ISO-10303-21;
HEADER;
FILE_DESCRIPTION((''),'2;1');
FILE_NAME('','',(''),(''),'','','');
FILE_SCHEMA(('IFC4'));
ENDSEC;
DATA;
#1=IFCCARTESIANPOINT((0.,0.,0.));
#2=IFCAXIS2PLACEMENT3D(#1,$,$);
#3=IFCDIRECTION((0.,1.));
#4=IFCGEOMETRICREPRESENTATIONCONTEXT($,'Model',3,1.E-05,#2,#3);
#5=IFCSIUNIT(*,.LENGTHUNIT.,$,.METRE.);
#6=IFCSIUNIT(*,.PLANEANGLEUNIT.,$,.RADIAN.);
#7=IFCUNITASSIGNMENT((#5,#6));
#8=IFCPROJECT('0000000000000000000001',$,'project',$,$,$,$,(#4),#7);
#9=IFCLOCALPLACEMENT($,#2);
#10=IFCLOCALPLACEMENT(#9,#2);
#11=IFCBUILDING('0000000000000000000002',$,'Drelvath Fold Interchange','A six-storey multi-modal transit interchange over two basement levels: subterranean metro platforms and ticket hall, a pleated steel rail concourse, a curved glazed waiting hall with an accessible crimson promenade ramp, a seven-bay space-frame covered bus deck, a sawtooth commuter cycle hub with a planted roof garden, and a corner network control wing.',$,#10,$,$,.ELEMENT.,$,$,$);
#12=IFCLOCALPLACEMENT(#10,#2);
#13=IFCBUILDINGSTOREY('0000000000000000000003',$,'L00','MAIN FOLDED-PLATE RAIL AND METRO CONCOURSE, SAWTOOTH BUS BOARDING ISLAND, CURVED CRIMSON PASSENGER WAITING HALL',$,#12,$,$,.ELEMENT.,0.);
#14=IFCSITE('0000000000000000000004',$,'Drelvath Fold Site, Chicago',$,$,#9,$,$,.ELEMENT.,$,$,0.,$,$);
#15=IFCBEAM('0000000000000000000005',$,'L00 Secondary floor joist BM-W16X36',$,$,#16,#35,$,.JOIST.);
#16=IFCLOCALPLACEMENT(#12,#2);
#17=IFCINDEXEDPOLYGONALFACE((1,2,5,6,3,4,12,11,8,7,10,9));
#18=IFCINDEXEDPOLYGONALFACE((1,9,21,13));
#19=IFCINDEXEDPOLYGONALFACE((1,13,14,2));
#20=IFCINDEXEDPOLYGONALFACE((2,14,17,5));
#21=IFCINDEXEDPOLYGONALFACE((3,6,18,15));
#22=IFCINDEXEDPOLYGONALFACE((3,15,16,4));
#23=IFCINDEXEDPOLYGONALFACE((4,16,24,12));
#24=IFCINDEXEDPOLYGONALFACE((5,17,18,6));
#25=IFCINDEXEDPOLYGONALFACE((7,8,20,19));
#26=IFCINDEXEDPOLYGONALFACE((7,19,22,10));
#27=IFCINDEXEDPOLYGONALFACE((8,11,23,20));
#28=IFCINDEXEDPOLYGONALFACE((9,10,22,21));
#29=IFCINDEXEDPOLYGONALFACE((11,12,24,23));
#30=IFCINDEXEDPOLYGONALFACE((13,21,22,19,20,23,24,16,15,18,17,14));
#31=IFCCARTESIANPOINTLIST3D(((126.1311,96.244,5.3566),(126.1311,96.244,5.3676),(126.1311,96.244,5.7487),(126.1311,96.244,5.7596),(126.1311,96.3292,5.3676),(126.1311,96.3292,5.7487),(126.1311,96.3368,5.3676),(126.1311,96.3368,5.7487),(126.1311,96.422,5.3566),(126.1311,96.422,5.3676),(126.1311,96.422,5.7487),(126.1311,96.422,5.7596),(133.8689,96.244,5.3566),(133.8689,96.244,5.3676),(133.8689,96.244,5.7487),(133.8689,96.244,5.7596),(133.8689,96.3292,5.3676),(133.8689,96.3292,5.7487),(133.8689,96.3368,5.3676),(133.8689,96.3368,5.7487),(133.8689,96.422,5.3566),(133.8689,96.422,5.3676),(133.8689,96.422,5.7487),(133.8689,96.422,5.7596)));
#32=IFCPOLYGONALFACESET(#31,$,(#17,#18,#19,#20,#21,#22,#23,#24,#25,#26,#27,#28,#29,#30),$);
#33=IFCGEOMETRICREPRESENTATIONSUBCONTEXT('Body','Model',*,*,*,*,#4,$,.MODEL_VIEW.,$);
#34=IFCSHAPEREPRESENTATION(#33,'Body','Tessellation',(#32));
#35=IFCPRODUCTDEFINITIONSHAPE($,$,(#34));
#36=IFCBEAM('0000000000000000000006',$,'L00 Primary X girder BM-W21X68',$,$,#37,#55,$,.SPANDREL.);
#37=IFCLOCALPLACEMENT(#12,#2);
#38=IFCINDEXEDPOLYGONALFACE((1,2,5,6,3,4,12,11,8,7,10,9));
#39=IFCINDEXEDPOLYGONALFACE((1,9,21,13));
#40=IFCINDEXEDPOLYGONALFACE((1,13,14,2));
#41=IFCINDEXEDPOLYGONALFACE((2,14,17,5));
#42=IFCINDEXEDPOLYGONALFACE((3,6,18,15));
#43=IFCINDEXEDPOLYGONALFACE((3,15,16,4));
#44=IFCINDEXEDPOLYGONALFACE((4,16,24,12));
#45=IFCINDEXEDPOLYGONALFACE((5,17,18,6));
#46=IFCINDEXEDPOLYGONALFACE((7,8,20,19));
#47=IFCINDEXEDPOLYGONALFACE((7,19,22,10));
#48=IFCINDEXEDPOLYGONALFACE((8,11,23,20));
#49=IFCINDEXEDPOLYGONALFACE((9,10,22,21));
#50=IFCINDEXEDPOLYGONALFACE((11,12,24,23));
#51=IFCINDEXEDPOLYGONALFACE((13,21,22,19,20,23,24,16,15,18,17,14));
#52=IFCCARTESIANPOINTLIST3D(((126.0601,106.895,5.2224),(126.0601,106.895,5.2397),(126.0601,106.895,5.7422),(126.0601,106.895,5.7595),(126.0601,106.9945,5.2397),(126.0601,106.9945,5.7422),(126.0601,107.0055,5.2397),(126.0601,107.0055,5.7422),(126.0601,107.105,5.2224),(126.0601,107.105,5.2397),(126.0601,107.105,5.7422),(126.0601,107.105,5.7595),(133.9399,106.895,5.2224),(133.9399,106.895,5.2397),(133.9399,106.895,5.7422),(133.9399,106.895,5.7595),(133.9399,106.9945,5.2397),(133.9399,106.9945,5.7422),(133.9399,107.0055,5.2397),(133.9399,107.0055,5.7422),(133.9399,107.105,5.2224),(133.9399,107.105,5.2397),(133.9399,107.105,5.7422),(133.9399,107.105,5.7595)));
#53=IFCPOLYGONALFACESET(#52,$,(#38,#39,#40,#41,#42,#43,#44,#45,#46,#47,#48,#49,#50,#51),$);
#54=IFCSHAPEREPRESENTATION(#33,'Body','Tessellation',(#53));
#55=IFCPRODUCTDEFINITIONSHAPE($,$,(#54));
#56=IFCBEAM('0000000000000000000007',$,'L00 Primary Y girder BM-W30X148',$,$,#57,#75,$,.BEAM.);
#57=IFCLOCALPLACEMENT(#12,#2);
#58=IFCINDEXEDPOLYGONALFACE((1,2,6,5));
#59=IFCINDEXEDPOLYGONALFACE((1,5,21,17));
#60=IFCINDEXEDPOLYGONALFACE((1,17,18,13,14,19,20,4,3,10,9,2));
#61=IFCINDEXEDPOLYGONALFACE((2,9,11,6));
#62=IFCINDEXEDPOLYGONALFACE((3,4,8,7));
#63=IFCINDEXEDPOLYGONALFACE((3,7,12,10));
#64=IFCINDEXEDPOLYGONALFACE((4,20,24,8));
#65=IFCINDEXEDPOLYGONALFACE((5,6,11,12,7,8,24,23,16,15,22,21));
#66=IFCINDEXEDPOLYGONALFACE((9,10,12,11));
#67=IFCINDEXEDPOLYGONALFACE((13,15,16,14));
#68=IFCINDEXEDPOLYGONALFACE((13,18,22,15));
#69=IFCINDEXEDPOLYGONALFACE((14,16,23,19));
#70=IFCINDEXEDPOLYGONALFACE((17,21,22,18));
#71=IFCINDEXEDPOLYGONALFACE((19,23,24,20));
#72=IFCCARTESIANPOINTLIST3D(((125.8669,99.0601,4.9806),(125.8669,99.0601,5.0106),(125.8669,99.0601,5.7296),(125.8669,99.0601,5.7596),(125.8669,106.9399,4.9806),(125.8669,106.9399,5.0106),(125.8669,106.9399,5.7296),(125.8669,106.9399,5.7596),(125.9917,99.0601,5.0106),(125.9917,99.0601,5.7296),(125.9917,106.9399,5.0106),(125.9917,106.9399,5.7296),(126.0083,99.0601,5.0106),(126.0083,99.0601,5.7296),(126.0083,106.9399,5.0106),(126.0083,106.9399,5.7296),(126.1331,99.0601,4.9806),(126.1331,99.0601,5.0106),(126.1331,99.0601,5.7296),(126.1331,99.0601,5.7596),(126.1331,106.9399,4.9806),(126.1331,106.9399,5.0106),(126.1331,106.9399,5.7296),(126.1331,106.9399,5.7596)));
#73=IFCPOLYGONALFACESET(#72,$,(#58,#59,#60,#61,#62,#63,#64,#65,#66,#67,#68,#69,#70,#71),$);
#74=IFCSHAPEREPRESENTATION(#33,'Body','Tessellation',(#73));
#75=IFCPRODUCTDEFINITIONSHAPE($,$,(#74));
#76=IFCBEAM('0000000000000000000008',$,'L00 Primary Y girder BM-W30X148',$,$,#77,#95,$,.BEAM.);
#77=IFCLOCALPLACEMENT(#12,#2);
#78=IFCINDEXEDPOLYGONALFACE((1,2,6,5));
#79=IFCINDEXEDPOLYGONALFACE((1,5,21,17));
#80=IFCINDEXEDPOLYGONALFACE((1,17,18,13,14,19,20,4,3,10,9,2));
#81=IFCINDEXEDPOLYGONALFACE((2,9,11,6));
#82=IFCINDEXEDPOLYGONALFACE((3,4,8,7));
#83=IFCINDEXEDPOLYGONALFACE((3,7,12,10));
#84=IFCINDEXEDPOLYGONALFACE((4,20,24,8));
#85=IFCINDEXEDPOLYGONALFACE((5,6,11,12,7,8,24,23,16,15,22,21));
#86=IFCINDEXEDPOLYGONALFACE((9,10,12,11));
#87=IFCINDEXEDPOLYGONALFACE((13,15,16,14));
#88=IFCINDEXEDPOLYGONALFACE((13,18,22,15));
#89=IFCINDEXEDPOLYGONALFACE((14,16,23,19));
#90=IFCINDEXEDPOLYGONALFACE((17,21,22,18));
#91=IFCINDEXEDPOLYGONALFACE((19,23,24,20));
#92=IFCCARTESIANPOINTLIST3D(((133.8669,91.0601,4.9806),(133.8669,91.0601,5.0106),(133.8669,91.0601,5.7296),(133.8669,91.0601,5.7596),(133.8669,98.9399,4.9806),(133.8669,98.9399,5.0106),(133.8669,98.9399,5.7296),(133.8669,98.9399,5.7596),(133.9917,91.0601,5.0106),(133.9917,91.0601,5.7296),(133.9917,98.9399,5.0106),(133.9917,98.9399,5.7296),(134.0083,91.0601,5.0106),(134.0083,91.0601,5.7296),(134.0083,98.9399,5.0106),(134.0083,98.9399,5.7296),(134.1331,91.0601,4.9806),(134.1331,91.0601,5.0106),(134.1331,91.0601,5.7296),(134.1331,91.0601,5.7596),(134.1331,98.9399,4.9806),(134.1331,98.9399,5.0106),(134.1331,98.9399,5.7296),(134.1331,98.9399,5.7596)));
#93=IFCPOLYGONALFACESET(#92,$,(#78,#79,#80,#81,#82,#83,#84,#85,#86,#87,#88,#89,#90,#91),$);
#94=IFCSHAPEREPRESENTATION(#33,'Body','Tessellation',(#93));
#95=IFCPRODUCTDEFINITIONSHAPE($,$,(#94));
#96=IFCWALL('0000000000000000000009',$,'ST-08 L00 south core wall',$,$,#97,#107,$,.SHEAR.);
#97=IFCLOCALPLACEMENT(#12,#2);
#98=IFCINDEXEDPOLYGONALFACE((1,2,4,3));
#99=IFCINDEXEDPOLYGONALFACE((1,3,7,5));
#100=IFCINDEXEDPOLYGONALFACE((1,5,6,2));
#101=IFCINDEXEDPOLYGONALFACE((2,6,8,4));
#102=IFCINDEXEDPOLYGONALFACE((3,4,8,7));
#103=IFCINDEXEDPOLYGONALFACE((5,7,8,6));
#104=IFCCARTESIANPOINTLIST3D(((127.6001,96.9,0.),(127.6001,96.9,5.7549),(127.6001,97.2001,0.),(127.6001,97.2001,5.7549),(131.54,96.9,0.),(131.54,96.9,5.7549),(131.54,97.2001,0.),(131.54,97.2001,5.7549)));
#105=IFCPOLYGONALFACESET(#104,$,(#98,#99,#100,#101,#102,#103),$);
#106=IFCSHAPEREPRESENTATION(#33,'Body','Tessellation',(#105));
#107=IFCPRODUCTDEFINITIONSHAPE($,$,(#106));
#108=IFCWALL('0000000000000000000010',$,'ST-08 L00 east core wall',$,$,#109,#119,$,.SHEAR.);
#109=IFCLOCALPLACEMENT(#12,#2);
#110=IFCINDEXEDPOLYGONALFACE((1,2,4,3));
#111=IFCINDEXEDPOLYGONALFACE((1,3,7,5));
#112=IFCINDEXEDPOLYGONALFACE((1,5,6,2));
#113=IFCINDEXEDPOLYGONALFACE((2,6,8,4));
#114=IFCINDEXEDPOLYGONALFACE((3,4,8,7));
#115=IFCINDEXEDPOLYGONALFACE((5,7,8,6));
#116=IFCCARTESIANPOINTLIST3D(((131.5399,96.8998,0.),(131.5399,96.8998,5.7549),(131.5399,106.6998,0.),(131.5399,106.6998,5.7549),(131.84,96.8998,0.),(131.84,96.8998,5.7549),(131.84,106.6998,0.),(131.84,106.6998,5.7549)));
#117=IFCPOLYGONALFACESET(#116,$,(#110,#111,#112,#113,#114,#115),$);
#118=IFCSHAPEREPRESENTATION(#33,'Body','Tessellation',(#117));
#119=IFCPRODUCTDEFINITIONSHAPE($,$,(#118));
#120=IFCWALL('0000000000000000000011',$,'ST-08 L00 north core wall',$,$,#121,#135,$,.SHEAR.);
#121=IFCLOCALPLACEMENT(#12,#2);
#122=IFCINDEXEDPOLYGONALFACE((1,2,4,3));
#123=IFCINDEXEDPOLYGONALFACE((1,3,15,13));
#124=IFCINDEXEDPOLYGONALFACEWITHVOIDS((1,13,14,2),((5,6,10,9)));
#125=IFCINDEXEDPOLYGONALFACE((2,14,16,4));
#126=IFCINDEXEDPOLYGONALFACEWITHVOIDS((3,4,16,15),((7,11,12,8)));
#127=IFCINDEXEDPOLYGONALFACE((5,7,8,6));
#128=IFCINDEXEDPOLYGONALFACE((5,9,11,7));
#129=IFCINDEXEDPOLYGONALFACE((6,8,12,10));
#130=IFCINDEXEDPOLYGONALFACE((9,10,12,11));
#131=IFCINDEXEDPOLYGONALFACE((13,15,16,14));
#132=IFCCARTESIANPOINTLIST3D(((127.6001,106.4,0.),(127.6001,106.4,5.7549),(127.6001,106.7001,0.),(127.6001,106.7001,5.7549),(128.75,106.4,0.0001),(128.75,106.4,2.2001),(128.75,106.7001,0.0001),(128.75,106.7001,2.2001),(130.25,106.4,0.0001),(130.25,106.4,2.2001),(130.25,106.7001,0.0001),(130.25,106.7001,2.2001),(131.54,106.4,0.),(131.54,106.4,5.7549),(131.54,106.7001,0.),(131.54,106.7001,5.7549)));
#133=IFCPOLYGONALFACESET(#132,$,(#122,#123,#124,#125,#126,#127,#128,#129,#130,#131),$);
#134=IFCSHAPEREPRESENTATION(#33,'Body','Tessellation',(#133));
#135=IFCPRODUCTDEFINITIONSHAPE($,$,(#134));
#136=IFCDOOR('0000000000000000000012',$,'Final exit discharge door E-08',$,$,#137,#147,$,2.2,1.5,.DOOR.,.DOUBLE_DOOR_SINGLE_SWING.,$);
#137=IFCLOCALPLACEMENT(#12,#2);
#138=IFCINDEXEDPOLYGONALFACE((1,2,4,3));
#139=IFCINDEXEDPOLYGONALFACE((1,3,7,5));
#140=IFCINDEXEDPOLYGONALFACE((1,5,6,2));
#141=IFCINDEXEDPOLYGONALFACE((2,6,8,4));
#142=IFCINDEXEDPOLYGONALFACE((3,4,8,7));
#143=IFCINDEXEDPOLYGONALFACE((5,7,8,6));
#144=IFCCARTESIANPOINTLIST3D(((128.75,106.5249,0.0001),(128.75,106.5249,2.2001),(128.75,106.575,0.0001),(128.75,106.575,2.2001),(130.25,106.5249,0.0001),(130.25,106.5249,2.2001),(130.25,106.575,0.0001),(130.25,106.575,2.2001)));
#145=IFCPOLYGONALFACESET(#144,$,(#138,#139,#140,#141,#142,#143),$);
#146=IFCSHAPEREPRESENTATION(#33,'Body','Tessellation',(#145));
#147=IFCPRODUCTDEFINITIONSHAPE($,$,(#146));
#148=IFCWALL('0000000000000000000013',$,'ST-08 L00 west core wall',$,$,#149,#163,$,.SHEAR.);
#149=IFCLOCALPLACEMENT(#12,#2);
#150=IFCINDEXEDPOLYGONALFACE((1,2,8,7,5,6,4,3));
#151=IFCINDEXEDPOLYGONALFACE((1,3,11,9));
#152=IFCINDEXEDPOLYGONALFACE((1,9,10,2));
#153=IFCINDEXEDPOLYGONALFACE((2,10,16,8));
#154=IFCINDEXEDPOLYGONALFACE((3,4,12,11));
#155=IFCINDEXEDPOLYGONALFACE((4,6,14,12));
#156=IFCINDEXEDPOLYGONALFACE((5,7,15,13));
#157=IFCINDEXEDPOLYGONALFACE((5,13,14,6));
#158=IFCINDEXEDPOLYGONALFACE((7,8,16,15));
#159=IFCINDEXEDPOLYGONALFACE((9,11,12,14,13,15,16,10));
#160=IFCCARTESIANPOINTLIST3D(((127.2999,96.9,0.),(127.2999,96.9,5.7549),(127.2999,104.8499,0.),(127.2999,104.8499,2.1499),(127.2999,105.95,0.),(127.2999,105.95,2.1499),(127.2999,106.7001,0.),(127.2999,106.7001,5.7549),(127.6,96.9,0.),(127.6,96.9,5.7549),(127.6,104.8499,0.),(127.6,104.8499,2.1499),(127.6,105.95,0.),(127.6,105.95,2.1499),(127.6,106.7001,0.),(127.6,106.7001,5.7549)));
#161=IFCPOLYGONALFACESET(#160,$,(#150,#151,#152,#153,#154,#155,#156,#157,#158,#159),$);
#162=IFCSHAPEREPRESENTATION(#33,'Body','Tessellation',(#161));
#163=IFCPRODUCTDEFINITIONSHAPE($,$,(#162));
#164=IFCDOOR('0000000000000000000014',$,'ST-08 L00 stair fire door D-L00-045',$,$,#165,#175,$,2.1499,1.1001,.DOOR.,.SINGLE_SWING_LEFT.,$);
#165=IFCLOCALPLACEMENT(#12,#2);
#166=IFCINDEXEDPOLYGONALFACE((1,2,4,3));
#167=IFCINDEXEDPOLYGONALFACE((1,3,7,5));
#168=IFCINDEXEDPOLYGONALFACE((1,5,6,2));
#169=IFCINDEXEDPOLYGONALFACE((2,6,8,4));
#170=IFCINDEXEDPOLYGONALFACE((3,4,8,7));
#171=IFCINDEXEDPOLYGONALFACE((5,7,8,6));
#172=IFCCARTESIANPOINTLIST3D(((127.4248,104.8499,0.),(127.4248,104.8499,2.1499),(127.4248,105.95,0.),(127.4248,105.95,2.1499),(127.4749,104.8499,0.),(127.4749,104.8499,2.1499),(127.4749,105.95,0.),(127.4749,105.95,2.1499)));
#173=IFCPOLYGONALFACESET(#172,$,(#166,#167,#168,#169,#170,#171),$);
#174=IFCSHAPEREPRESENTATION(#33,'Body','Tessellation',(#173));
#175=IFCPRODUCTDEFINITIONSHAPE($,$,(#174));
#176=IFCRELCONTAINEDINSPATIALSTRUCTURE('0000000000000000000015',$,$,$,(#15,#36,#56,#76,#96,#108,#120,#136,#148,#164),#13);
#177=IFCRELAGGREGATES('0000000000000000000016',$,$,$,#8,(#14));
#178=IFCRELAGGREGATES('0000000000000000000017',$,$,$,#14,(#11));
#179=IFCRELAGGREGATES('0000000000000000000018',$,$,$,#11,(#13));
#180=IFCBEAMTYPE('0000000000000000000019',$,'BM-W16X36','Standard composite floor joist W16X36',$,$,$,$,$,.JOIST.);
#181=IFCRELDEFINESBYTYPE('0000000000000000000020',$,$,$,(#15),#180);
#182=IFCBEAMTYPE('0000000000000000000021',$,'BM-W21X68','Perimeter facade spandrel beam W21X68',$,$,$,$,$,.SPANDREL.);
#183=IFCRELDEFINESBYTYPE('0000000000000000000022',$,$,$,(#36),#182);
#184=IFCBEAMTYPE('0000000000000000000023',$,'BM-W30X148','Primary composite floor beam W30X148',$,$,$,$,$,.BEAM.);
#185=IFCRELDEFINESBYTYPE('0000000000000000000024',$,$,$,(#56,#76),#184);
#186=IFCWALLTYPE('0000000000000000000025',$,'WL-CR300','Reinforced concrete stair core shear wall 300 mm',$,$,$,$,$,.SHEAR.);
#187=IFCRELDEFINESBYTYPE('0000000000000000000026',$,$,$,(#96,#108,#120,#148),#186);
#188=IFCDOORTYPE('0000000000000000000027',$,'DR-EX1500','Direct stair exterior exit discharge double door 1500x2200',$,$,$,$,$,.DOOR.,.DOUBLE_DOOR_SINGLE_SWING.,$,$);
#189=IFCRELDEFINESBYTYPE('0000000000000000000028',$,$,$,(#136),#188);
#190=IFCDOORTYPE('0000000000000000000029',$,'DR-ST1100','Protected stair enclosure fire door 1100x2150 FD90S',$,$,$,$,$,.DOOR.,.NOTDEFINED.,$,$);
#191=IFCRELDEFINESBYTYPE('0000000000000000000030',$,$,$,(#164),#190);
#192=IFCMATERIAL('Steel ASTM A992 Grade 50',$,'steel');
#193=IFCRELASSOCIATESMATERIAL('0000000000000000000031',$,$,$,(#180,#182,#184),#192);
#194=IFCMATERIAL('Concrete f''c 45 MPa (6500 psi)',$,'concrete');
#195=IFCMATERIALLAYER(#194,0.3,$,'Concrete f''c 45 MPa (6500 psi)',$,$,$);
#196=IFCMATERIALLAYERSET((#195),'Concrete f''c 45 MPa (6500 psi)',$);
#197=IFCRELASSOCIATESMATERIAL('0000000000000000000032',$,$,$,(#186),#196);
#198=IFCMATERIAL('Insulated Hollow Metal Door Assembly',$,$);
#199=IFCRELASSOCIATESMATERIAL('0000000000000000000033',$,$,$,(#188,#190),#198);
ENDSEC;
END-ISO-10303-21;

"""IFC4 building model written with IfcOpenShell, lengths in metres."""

from ifc_helpers import new_model, si_unit, direction, frame, frame_2d, origin, origin_2d, place, context, subcontext, project, spatial, rectangle, i_section, extrude, material, layer, layer_set, material_profile, profile_set, type_object, element, fill, save


model = new_model("IFC4")

# Units and contexts
model_context = context("Model", 3, precision=1e-05, world=origin(), true_north=direction((0.0, 1.0)))
body_context = subcontext(model_context, "Body", "Model", "MODEL_VIEW")
ifc_project = project(units=[si_unit("LENGTHUNIT", "METRE"), si_unit("PLANEANGLEUNIT", "RADIAN")], contexts=[model_context])

# Site, building, storey
site_placement = place(None, origin())
site = spatial("IfcSite", under=ifc_project, at=site_placement, Name="Drelvath Fold Site, Chicago", CompositionType="ELEMENT", RefElevation=0.0)
building_placement = place(site_placement, origin())
building = spatial("IfcBuilding", under=site, at=building_placement, Name="Drelvath Fold Interchange", Description="A six-storey multi-modal transit interchange over two basement levels: subterranean metro platforms and ticket hall, a pleated steel rail concourse, a curved glazed waiting hall with an accessible crimson promenade ramp, a seven-bay space-frame covered bus deck, a sawtooth commuter cycle hub with a planted roof garden, and a corner network control wing.", CompositionType="ELEMENT")
storey_placement = place(building_placement, origin())
storey = spatial("IfcBuildingStorey", under=building, at=storey_placement, Name="L00", Description="MAIN FOLDED-PLATE RAIL AND METRO CONCOURSE, SAWTOOTH BUS BOARDING ISLAND, CURVED CRIMSON PASSENGER WAITING HALL", CompositionType="ELEMENT", Elevation=0.0)

# Shared definitions
ifc_material_1 = material(Name="Concrete f'c 45 MPa (6500 psi)", Category="concrete")

# Beams
ifc_material_2 = material(Name="Steel ASTM A992 Grade 50", Category="steel")
ifc_material_profile_1 = material_profile(ifc_material_2, i_section(OverallWidth=0.178, OverallDepth=0.4031, WebThickness=0.0076, FlangeThickness=0.011, at=origin_2d()), Name="W16X36")
ifc_profile_set_1 = profile_set([ifc_material_profile_1], Name="Steel ASTM A992 Grade 50")
beam_type_1 = type_object("IfcBeamType", Name="BM-W16X36", Description="Standard composite floor joist W16X36", PredefinedType="JOIST", material=ifc_profile_set_1)
for number, where, z_axis, x_axis, name in (
    (1, (126.1311, 96.333, 5.5581), (1.0, 0.0, 0.0), (0.0, 1.0, 0.0), "L00 Secondary floor joist BM-W16X36"),
):
    element("IfcBeam", number, at=place(storey_placement, frame(where, z_axis=z_axis, x_axis=x_axis)), inside=storey, type_object=beam_type_1, Name=name, PredefinedType="JOIST", context=body_context, shape_type="SweptSolid", body=[
        extrude(i_section(OverallWidth=0.178, OverallDepth=0.4031, WebThickness=0.0076, FlangeThickness=0.011, at=origin_2d()), origin(), (0.0, 0.0, 1.0), 7.7378),
    ])
ifc_material_profile_2 = material_profile(ifc_material_2, i_section(OverallWidth=0.21, OverallDepth=0.5371, WebThickness=0.011, FlangeThickness=0.0173, at=origin_2d()), Name="W21X68")
ifc_profile_set_2 = profile_set([ifc_material_profile_2], Name="Steel ASTM A992 Grade 50")
beam_type_2 = type_object("IfcBeamType", Name="BM-W21X68", Description="Perimeter facade spandrel beam W21X68", PredefinedType="SPANDREL", material=ifc_profile_set_2)
beam_placement = place(storey_placement, frame((126.0601, 107.0, 5.491), z_axis=(1.0, 0.0, 0.0), x_axis=(0.0, 1.0, 0.0)))
element("IfcBeam", 2, at=beam_placement, inside=storey, type_object=beam_type_2, Name="L00 Primary X girder BM-W21X68", PredefinedType="SPANDREL", context=body_context, shape_type="SweptSolid", body=[
    extrude(i_section(OverallWidth=0.21, OverallDepth=0.5371, WebThickness=0.011, FlangeThickness=0.0173, at=origin_2d()), origin(), (0.0, 0.0, 1.0), 7.8799),
])
ifc_material_profile_3 = material_profile(ifc_material_2, i_section(OverallWidth=0.2661, OverallDepth=0.7791, WebThickness=0.0166, FlangeThickness=0.03, at=origin_2d()), Name="W30X148")
ifc_profile_set_3 = profile_set([ifc_material_profile_3], Name="Steel ASTM A992 Grade 50")
beam_type_3 = type_object("IfcBeamType", Name="BM-W30X148", Description="Primary composite floor beam W30X148", PredefinedType="BEAM", material=ifc_profile_set_3)
for number, where, z_axis, x_axis, name in (
    (3, (126.0, 99.0601, 5.3701), (0.0, 1.0, 0.0), (-1.0, 0.0, 0.0), "L00 Primary Y girder BM-W30X148"),
    (4, (134.0, 91.0601, 5.3701), (0.0, 1.0, 0.0), (-1.0, 0.0, 0.0), "L00 Primary Y girder BM-W30X148"),
):
    element("IfcBeam", number, at=place(storey_placement, frame(where, z_axis=z_axis, x_axis=x_axis)), inside=storey, type_object=beam_type_3, Name=name, PredefinedType="BEAM", context=body_context, shape_type="SweptSolid", body=[
        extrude(i_section(OverallWidth=0.2661, OverallDepth=0.7791, WebThickness=0.0166, FlangeThickness=0.03, at=origin_2d()), origin(), (0.0, 0.0, 1.0), 7.8799),
    ])

# Walls
ifc_layer = layer(ifc_material_1, 0.3, Name="Concrete f'c 45 MPa (6500 psi)")
ifc_layer_set = layer_set([ifc_layer], Name="Concrete f'c 45 MPa (6500 psi)")
wall_type = type_object("IfcWallType", Name="WL-CR300", Description="Reinforced concrete stair core shear wall 300 mm", PredefinedType="SHEAR", material=ifc_layer_set)
wall_1_placement = place(storey_placement, frame((127.6001, 97.05, 0.0), z_axis=(0.0, 0.0, 1.0), x_axis=(1.0, 0.0, 0.0)))
element("IfcWall", 5, at=wall_1_placement, inside=storey, type_object=wall_type, Name="ST-08 L00 south core wall", PredefinedType="SHEAR", context=body_context, shape_type="SweptSolid", body=[
    extrude(rectangle(XDim=3.9399, YDim=0.3, at=frame_2d((1.97, 0.0))), origin(), (0.0, 0.0, 1.0), 5.7549),
])
wall_2_placement = place(storey_placement, frame((131.6899, 96.8999, 0.0), z_axis=(0.0, 0.0, 1.0), x_axis=(0.0, 1.0, 0.0)))
element("IfcWall", 6, at=wall_2_placement, inside=storey, type_object=wall_type, Name="ST-08 L00 east core wall", PredefinedType="SHEAR", context=body_context, shape_type="SweptSolid", body=[
    extrude(rectangle(XDim=9.8, YDim=0.3, at=frame_2d((4.8999, 0.0))), origin(), (0.0, 0.0, 1.0), 5.7549),
])

# Walls, openings, doors
wall_3_placement = place(storey_placement, frame((131.54, 106.55, 0.0), z_axis=(0.0, 0.0, 1.0), x_axis=(-1.0, 0.0, 0.0)))
wall_3 = element("IfcWall", 7, at=wall_3_placement, inside=storey, type_object=wall_type, Name="ST-08 L00 north core wall", PredefinedType="SHEAR", context=body_context, shape_type="SweptSolid", body=[
    extrude(rectangle(XDim=3.9399, YDim=0.3, at=frame_2d((1.97, 0.0))), origin(), (0.0, 0.0, 1.0), 5.7549),
])
opening_1_placement = place(wall_3_placement, frame((1.29, 0.0, 0.0)))
opening_1 = element("IfcOpeningElement", 8, at=opening_1_placement, cuts=wall_3, PredefinedType="OPENING", context=body_context, shape_type="SweptSolid", body=[
    extrude(rectangle(XDim=1.5, YDim=2.2, at=frame_2d((0.75, 1.1001))), frame((0.0, 0.1599, 0.0), z_axis=(0.0, -1.0, 0.0), x_axis=(1.0, 0.0, 0.0)), (0.0, 0.0, 1.0), 0.3201),
])
ifc_material_3 = material(Name="Insulated Hollow Metal Door Assembly")
door_type_1 = type_object("IfcDoorType", Name="DR-EX1500", Description="Direct stair exterior exit discharge double door 1500x2200", OperationType="DOUBLE_DOOR_SINGLE_SWING", PredefinedType="DOOR", material=ifc_material_3)
door_1_placement = place(opening_1_placement, frame((1.5, 0.0, 0.0), z_axis=(0.0, 0.0, 1.0), x_axis=(-1.0, 0.0, 0.0)))
door_1 = element("IfcDoor", 9, at=door_1_placement, inside=storey, type_object=door_type_1, Name="Final exit discharge door E-08", OperationType="DOUBLE_DOOR_SINGLE_SWING", OverallHeight=2.2, OverallWidth=1.5, PredefinedType="DOOR", context=body_context, shape_type="SweptSolid", body=[
    extrude(rectangle(XDim=1.5, YDim=2.2, at=frame_2d((0.75, 1.1001))), frame((0.0, 0.0249, 0.0), z_axis=(0.0, -1.0, 0.0), x_axis=(1.0, 0.0, 0.0)), (0.0, 0.0, 1.0), 0.05),
])
fill(opening_1, door_1)
wall_4_placement = place(storey_placement, frame((127.45, 106.7, 0.0), z_axis=(0.0, 0.0, 1.0), x_axis=(0.0, -1.0, 0.0)))
wall_4 = element("IfcWall", 10, at=wall_4_placement, inside=storey, type_object=wall_type, Name="ST-08 L00 west core wall", PredefinedType="SHEAR", context=body_context, shape_type="SweptSolid", body=[
    extrude(rectangle(XDim=9.8, YDim=0.3, at=frame_2d((4.8999, 0.0))), origin(), (0.0, 0.0, 1.0), 5.7549),
])
opening_2_placement = place(wall_4_placement, frame((0.75, 0.0, 0.0)))
opening_2 = element("IfcOpeningElement", 11, at=opening_2_placement, cuts=wall_4, PredefinedType="OPENING", context=body_context, shape_type="SweptSolid", body=[
    extrude(rectangle(XDim=1.1001, YDim=2.1499, at=frame_2d((0.55, 1.075))), frame((0.0, 0.1599, 0.0), z_axis=(0.0, -1.0, 0.0), x_axis=(1.0, 0.0, 0.0)), (0.0, 0.0, 1.0), 0.3201),
])
door_type_2 = type_object("IfcDoorType", Name="DR-ST1100", Description="Protected stair enclosure fire door 1100x2150 FD90S", OperationType="NOTDEFINED", PredefinedType="DOOR", material=ifc_material_3)
door_2_placement = place(opening_2_placement, origin())
door_2 = element("IfcDoor", 12, at=door_2_placement, inside=storey, type_object=door_type_2, Name="ST-08 L00 stair fire door D-L00-045", OperationType="SINGLE_SWING_LEFT", OverallHeight=2.1499, OverallWidth=1.1001, PredefinedType="DOOR", context=body_context, shape_type="SweptSolid", body=[
    extrude(rectangle(XDim=1.1001, YDim=2.1499, at=frame_2d((0.55, 1.075))), frame((0.0, 0.0249, 0.0), z_axis=(0.0, -1.0, 0.0), x_axis=(1.0, 0.0, 0.0)), (0.0, 0.0, 1.0), 0.05),
])
fill(opening_2, door_2)

save(model, "model.ifc")
